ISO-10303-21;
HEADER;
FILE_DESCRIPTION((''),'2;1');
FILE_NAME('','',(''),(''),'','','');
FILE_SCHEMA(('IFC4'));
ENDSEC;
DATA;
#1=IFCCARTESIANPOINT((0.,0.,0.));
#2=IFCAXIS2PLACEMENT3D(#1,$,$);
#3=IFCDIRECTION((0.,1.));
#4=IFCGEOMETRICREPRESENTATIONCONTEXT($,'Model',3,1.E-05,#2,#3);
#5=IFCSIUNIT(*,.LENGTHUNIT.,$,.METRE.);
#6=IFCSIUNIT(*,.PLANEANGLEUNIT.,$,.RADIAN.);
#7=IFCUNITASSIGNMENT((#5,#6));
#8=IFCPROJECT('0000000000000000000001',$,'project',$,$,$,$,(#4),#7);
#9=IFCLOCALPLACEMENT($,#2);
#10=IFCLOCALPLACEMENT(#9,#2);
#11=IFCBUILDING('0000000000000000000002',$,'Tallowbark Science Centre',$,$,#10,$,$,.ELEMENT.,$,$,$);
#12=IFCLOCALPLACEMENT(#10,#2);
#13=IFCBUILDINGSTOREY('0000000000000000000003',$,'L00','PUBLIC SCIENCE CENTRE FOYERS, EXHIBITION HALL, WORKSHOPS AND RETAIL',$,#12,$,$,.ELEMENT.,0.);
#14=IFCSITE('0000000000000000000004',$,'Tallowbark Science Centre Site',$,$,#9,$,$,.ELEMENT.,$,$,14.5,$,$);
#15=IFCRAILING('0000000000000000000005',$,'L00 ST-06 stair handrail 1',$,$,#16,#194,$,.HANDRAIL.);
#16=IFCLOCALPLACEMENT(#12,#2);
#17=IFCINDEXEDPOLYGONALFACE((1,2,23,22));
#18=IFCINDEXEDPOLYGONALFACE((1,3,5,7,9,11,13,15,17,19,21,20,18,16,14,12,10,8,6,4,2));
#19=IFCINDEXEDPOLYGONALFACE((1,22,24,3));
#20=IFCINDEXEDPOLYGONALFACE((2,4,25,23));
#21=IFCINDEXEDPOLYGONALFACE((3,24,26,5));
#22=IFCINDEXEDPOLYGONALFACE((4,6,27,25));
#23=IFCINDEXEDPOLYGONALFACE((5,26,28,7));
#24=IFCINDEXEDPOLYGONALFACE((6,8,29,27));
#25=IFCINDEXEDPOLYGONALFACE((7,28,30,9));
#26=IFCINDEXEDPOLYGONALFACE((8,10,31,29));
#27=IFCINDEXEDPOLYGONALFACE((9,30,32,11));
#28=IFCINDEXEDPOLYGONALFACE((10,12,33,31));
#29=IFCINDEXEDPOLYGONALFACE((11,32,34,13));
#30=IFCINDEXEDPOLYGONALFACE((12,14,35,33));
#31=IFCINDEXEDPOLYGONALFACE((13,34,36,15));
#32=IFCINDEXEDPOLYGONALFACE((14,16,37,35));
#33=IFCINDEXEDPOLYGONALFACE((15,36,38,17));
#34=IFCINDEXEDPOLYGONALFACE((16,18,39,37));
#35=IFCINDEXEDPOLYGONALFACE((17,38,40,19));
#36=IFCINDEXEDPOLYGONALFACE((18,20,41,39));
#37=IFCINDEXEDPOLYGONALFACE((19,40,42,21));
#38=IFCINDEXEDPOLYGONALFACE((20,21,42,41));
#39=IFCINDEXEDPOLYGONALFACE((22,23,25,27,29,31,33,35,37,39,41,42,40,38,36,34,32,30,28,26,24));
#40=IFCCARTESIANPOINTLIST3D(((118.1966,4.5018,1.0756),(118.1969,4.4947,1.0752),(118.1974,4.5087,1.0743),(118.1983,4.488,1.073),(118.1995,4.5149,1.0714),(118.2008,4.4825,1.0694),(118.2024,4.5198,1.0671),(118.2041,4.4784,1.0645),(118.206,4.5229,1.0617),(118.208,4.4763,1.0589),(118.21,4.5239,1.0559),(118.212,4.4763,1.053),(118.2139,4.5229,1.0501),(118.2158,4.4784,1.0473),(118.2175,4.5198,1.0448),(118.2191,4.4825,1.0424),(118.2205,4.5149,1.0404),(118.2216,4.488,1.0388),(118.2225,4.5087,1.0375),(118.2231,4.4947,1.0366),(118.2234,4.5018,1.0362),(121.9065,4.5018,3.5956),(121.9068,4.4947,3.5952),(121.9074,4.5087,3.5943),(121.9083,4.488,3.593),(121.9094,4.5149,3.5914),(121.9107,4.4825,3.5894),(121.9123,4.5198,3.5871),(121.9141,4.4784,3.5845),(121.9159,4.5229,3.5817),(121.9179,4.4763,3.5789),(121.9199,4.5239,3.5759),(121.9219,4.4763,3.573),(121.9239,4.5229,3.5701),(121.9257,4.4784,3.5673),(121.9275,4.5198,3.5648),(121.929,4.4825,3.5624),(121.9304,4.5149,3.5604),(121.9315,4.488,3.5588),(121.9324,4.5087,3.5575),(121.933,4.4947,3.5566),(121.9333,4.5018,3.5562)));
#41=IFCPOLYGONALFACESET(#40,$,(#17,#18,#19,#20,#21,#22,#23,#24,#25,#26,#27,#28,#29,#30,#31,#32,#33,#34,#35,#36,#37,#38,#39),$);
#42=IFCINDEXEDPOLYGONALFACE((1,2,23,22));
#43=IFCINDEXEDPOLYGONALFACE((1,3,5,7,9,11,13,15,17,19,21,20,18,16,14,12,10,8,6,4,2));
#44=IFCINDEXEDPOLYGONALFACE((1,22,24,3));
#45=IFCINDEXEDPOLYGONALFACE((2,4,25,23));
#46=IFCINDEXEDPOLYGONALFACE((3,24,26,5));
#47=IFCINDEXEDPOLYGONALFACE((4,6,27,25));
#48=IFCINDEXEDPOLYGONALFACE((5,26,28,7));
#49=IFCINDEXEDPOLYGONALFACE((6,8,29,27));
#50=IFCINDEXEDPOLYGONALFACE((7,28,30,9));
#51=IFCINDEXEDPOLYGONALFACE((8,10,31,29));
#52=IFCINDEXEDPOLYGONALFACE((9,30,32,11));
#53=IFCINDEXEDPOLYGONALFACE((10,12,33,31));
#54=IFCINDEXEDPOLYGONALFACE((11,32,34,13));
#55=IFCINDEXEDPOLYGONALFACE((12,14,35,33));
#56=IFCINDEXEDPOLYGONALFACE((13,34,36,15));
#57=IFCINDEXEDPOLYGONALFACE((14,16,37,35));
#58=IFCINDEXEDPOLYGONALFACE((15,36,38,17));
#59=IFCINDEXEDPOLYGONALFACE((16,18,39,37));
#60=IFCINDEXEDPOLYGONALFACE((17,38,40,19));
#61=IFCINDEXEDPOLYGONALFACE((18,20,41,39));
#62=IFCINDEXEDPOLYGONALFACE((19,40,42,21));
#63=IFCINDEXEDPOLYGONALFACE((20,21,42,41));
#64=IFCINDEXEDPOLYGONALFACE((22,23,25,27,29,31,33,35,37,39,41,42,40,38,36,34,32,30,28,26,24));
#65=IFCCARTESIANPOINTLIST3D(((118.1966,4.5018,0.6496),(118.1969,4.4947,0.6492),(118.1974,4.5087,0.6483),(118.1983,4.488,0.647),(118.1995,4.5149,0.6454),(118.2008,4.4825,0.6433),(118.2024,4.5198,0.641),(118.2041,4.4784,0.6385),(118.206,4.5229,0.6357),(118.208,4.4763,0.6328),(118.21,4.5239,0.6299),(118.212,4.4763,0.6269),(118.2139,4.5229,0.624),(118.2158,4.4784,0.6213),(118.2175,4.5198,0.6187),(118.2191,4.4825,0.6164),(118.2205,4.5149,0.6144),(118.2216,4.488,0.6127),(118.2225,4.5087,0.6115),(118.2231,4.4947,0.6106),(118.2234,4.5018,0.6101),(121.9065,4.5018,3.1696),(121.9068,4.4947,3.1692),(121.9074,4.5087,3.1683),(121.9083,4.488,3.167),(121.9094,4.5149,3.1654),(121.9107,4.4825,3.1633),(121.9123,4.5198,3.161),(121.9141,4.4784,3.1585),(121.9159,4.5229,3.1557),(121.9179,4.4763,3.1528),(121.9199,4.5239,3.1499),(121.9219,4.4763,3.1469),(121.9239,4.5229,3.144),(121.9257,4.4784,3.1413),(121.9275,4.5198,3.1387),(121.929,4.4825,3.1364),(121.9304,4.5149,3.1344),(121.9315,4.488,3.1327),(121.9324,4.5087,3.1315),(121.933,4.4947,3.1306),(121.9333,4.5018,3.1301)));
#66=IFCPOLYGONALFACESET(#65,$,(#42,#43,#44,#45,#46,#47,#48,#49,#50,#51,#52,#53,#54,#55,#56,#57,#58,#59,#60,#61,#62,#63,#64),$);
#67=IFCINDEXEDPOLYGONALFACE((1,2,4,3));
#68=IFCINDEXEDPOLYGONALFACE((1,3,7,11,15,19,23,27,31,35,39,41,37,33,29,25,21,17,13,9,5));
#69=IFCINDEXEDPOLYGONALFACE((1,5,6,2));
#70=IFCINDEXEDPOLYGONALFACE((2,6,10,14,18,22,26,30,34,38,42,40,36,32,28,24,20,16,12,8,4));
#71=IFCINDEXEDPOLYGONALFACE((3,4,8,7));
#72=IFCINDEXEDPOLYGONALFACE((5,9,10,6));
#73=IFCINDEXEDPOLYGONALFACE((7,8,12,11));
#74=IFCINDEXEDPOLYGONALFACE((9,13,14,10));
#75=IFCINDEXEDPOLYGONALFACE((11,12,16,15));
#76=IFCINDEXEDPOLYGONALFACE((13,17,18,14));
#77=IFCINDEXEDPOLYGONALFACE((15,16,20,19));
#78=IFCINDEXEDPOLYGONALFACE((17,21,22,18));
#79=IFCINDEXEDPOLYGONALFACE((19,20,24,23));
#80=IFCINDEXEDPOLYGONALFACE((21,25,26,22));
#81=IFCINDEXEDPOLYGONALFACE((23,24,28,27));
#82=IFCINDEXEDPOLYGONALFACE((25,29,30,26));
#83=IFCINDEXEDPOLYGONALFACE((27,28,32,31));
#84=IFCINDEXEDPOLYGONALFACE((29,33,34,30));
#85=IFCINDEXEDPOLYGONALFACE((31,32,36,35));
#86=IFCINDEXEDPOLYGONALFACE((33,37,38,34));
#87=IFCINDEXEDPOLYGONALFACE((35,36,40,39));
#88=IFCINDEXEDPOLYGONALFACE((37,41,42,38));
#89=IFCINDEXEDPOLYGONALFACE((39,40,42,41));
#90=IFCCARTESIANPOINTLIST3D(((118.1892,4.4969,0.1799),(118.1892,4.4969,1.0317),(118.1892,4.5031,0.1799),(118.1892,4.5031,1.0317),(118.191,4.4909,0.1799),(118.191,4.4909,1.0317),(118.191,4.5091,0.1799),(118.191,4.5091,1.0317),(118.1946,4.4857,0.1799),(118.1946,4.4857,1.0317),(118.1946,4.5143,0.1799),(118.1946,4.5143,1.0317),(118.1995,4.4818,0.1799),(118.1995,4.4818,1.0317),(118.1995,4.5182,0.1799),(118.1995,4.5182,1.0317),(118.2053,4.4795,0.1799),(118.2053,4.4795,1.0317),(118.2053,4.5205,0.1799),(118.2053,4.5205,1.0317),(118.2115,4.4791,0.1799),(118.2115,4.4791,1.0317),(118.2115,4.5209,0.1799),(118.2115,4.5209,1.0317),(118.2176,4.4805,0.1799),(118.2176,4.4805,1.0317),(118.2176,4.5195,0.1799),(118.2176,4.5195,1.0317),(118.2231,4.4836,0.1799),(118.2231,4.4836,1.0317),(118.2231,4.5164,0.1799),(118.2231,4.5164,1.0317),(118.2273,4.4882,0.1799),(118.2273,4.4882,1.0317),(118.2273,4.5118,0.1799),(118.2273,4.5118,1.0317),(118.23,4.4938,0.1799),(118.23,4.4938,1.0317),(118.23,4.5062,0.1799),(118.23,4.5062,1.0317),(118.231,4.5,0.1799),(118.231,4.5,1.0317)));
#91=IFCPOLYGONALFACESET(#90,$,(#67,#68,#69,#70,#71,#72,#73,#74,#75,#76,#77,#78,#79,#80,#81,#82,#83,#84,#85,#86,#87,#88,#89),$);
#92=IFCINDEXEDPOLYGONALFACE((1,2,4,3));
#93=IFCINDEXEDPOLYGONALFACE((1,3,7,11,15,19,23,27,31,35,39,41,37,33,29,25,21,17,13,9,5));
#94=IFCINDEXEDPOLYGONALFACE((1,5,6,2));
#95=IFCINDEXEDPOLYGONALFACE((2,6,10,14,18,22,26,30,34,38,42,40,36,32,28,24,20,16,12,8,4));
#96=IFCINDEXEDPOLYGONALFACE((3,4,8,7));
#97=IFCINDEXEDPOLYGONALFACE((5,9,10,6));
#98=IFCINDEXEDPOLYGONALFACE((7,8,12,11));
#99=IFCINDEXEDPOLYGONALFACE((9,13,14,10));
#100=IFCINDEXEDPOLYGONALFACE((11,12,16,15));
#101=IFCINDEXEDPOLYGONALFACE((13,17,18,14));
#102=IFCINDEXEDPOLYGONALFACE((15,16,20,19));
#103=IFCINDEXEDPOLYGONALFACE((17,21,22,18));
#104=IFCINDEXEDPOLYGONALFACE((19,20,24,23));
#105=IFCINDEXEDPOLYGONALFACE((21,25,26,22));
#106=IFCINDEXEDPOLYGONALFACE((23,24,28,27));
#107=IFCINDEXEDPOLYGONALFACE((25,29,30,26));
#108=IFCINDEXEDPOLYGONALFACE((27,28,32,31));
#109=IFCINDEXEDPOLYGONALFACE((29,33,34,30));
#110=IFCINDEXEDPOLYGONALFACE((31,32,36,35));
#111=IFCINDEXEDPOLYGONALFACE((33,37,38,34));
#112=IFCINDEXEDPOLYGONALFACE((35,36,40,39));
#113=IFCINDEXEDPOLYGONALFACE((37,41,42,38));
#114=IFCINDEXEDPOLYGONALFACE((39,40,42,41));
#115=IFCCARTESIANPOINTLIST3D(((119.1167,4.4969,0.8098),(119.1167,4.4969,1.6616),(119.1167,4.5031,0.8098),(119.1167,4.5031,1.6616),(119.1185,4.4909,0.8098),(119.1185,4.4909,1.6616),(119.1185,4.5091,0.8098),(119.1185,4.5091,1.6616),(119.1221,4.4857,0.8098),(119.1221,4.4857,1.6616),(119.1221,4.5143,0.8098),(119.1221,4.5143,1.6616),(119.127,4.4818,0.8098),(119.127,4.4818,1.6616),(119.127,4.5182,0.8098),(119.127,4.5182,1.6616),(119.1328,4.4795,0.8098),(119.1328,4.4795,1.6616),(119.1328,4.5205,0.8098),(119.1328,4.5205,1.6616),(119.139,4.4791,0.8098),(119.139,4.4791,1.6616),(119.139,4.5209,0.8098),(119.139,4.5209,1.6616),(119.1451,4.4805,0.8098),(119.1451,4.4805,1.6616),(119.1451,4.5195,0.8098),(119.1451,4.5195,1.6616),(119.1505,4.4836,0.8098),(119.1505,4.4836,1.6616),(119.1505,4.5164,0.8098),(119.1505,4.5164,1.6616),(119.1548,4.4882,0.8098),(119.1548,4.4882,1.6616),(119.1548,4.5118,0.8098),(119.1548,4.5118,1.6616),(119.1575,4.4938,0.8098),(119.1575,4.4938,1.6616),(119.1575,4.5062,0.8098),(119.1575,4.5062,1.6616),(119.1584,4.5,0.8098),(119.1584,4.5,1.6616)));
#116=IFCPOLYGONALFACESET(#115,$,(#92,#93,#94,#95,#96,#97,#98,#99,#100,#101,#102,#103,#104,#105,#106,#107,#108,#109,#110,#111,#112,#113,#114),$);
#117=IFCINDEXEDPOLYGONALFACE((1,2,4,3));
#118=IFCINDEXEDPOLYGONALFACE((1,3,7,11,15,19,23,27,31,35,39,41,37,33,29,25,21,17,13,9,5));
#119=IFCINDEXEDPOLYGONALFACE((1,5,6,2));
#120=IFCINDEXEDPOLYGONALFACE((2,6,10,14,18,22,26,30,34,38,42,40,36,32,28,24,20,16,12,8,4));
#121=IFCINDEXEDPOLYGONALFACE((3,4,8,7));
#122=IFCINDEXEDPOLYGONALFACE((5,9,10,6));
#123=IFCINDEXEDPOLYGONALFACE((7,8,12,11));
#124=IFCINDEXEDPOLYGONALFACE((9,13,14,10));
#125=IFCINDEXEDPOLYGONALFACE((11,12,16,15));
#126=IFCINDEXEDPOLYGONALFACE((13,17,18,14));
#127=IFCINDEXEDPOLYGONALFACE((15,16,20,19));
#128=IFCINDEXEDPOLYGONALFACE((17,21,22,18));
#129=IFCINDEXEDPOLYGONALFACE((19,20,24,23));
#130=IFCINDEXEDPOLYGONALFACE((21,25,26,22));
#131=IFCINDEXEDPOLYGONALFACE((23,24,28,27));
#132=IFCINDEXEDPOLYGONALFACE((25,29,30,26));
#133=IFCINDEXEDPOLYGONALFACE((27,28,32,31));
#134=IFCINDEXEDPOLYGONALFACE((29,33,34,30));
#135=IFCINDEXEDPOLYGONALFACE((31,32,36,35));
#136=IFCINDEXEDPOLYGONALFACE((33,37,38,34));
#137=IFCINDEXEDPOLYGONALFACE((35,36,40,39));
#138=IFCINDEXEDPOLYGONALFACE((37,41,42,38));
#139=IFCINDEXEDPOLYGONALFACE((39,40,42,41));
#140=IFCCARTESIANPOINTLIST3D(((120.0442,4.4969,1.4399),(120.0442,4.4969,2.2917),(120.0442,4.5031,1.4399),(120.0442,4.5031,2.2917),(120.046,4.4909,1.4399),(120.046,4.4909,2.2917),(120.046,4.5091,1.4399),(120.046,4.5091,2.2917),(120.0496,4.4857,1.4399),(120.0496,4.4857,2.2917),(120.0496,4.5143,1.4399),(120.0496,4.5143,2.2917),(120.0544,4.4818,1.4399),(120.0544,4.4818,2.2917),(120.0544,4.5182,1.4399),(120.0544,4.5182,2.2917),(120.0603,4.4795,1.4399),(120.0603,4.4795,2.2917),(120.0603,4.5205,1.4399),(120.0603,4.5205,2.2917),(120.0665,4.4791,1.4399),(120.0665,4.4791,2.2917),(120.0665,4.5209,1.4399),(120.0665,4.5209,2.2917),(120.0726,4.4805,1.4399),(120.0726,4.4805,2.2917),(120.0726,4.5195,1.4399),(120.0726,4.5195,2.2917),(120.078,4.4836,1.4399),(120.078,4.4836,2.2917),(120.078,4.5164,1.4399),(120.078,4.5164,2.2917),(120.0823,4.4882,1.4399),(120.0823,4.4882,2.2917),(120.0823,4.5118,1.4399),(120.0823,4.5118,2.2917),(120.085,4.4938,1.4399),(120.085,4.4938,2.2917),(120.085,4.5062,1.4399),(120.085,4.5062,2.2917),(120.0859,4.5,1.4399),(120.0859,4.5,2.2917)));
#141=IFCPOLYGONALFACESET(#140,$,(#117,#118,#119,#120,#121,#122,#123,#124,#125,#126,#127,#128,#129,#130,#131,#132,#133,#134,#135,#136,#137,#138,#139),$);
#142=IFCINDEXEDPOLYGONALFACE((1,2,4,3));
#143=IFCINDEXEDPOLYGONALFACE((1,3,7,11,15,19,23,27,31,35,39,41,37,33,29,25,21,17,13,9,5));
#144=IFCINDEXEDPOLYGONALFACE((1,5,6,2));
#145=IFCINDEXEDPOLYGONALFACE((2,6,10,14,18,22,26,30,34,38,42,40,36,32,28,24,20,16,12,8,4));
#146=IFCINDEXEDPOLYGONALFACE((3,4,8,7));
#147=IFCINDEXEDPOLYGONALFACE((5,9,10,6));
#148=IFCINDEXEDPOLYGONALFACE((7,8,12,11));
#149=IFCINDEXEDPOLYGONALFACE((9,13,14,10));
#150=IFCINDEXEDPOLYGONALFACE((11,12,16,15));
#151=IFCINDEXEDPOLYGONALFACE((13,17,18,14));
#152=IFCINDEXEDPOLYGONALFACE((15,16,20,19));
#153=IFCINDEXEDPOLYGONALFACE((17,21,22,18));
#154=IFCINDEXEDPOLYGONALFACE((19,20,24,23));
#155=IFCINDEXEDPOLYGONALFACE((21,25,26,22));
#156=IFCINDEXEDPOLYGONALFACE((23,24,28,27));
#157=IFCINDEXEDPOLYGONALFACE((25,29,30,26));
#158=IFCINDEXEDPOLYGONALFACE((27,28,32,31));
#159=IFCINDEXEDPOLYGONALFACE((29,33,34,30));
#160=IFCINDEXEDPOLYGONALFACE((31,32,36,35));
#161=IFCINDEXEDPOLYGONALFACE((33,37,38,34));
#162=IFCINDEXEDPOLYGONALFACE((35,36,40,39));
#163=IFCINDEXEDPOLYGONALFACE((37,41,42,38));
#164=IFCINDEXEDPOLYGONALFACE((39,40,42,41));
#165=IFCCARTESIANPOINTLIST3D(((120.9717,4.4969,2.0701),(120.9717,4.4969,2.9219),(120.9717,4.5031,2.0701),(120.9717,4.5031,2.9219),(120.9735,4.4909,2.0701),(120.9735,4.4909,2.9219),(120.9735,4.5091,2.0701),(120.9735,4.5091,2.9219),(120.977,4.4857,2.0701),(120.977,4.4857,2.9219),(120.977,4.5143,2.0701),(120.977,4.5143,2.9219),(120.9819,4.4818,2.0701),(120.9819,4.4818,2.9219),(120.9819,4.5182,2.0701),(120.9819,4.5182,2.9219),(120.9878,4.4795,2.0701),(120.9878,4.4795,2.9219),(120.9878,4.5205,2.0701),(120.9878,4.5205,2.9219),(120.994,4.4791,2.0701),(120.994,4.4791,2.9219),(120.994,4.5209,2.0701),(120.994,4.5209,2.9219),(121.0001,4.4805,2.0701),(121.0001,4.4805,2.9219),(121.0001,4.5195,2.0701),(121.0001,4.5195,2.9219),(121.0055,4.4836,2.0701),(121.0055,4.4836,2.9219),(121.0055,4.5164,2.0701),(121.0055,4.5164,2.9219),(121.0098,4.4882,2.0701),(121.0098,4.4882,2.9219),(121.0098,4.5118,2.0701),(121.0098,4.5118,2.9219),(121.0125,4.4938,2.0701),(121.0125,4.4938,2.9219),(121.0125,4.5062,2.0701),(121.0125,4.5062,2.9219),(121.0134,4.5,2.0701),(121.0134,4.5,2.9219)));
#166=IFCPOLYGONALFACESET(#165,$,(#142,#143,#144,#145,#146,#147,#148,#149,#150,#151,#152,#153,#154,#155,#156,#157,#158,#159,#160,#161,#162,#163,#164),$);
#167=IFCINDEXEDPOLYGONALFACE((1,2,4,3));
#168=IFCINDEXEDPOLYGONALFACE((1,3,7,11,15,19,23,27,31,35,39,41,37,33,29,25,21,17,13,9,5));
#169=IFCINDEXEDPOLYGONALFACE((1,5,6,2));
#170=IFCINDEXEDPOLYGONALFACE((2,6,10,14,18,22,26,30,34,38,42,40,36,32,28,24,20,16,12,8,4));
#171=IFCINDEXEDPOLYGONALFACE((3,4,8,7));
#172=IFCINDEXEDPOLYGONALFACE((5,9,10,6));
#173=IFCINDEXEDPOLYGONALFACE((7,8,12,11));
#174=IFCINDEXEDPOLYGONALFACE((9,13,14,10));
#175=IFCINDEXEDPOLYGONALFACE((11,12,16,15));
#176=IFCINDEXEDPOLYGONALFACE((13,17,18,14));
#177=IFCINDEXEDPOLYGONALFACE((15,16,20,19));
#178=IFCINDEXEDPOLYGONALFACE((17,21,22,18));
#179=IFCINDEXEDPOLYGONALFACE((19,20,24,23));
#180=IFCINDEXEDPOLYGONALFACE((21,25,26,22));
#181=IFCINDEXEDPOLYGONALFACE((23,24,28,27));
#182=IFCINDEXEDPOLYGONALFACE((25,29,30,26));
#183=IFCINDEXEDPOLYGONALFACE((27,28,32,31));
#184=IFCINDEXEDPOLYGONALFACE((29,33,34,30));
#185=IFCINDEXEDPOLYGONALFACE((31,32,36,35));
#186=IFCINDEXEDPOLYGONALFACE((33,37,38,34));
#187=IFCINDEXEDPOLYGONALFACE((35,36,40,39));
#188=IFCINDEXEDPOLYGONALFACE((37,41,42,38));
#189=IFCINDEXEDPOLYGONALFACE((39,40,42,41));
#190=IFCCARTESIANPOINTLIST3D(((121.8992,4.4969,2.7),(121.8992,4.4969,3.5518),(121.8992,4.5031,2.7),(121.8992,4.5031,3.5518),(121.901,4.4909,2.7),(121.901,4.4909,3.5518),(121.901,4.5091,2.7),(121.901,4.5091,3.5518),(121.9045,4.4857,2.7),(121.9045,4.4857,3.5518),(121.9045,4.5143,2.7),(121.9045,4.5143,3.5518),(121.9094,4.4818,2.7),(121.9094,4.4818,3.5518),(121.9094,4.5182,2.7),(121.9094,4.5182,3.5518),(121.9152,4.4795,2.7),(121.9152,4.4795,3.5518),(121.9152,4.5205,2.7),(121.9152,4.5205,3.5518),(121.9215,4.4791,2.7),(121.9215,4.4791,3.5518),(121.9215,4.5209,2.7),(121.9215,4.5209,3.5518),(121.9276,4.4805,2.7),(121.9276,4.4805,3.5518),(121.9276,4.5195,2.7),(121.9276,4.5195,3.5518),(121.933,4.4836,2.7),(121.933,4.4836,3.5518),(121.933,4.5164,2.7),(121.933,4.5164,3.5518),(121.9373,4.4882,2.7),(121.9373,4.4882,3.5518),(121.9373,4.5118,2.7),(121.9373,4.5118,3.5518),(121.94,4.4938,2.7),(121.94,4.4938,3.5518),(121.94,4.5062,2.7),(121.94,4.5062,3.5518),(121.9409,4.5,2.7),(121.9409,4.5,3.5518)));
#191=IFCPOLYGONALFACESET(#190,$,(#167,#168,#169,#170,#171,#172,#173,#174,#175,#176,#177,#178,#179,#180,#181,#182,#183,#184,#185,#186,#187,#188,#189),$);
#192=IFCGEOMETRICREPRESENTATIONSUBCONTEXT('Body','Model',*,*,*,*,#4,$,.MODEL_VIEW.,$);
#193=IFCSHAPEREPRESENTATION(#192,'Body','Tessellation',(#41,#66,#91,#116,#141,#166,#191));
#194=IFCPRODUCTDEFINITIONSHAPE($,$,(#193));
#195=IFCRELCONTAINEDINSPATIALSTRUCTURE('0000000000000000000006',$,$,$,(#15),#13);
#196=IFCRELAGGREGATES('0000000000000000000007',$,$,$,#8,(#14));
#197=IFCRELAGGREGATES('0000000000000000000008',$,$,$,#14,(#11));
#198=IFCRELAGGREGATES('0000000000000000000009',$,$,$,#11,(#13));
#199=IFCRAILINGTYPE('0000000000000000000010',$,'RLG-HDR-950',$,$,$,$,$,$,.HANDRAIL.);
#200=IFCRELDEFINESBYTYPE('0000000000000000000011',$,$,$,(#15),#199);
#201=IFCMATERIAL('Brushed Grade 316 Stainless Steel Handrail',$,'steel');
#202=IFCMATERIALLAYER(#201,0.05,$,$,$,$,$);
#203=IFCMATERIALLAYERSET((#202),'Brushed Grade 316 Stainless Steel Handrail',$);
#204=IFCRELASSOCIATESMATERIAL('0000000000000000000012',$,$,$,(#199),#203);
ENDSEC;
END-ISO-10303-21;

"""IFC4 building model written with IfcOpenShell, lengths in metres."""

from ifc_helpers import new_model, si_unit, direction, frame, origin, origin_2d, place, context, subcontext, project, spatial, circle, extrude, material, layer, layer_set, type_object, element, save


model = new_model("IFC4")

# Units and contexts
model_context = context("Model", 3, precision=1e-05, world=origin(), true_north=direction((0.0, 1.0)))
body_context = subcontext(model_context, "Body", "Model", "MODEL_VIEW")
ifc_project = project(units=[si_unit("LENGTHUNIT", "METRE"), si_unit("PLANEANGLEUNIT", "RADIAN")], contexts=[model_context])

# Site, building, storey
site_placement = place(None, origin())
site = spatial("IfcSite", under=ifc_project, at=site_placement, Name="Tallowbark Science Centre Site", CompositionType="ELEMENT", RefElevation=14.5)
building_placement = place(site_placement, origin())
building = spatial("IfcBuilding", under=site, at=building_placement, Name="Tallowbark Science Centre", CompositionType="ELEMENT")
storey_placement = place(building_placement, origin())
storey = spatial("IfcBuildingStorey", under=building, at=storey_placement, Name="L00", Description="PUBLIC SCIENCE CENTRE FOYERS, EXHIBITION HALL, WORKSHOPS AND RETAIL", CompositionType="ELEMENT", Elevation=0.0)

# Railing
ifc_material_1 = material(Name="Brushed Grade 316 Stainless Steel Handrail", Category="steel")
ifc_layer_1 = layer(ifc_material_1, 0.05)
ifc_layer_set_1 = layer_set([ifc_layer_1], Name="Brushed Grade 316 Stainless Steel Handrail")
railing_type_1 = type_object("IfcRailingType", Name="RLG-HDR-950", PredefinedType="HANDRAIL", material=ifc_layer_set_1)
railing_1_placement = place(storey_placement, frame((118.21, 4.5, 0.1799)))
element("IfcRailing", 1, at=railing_1_placement, inside=storey, type_object=railing_type_1, Name="L00 ST-06 stair handrail 1", PredefinedType="HANDRAIL", context=body_context, shape_type="SweptSolid", body=[
    extrude(circle(Radius=0.0239, at=origin_2d()), frame((0.0, 0.0, 0.876), z_axis=(0.827212, 0.0, 0.56189), x_axis=(0.0, 1.0, 0.0)), (0.0, 0.0, 1.0), 4.4849),
    extrude(circle(Radius=0.0239, at=origin_2d()), frame((0.0, 0.0, 0.45), z_axis=(0.827212, 0.0, 0.56189), x_axis=(0.0, 1.0, 0.0)), (0.0, 0.0, 1.0), 4.4849),
    extrude(circle(Radius=0.021, at=origin_2d()), origin(), (0.0, 0.0, 1.0), 0.8518),
    extrude(circle(Radius=0.021, at=origin_2d()), frame((0.9275, 0.0, 0.6299)), (0.0, 0.0, 1.0), 0.8518),
    extrude(circle(Radius=0.021, at=origin_2d()), frame((1.855, 0.0, 1.26)), (0.0, 0.0, 1.0), 0.8518),
    extrude(circle(Radius=0.021, at=origin_2d()), frame((2.7825, 0.0, 1.8901)), (0.0, 0.0, 1.0), 0.8518),
    extrude(circle(Radius=0.021, at=origin_2d()), frame((3.71, 0.0, 2.52)), (0.0, 0.0, 1.0), 0.8518),
])

save(model, "model.ifc")
